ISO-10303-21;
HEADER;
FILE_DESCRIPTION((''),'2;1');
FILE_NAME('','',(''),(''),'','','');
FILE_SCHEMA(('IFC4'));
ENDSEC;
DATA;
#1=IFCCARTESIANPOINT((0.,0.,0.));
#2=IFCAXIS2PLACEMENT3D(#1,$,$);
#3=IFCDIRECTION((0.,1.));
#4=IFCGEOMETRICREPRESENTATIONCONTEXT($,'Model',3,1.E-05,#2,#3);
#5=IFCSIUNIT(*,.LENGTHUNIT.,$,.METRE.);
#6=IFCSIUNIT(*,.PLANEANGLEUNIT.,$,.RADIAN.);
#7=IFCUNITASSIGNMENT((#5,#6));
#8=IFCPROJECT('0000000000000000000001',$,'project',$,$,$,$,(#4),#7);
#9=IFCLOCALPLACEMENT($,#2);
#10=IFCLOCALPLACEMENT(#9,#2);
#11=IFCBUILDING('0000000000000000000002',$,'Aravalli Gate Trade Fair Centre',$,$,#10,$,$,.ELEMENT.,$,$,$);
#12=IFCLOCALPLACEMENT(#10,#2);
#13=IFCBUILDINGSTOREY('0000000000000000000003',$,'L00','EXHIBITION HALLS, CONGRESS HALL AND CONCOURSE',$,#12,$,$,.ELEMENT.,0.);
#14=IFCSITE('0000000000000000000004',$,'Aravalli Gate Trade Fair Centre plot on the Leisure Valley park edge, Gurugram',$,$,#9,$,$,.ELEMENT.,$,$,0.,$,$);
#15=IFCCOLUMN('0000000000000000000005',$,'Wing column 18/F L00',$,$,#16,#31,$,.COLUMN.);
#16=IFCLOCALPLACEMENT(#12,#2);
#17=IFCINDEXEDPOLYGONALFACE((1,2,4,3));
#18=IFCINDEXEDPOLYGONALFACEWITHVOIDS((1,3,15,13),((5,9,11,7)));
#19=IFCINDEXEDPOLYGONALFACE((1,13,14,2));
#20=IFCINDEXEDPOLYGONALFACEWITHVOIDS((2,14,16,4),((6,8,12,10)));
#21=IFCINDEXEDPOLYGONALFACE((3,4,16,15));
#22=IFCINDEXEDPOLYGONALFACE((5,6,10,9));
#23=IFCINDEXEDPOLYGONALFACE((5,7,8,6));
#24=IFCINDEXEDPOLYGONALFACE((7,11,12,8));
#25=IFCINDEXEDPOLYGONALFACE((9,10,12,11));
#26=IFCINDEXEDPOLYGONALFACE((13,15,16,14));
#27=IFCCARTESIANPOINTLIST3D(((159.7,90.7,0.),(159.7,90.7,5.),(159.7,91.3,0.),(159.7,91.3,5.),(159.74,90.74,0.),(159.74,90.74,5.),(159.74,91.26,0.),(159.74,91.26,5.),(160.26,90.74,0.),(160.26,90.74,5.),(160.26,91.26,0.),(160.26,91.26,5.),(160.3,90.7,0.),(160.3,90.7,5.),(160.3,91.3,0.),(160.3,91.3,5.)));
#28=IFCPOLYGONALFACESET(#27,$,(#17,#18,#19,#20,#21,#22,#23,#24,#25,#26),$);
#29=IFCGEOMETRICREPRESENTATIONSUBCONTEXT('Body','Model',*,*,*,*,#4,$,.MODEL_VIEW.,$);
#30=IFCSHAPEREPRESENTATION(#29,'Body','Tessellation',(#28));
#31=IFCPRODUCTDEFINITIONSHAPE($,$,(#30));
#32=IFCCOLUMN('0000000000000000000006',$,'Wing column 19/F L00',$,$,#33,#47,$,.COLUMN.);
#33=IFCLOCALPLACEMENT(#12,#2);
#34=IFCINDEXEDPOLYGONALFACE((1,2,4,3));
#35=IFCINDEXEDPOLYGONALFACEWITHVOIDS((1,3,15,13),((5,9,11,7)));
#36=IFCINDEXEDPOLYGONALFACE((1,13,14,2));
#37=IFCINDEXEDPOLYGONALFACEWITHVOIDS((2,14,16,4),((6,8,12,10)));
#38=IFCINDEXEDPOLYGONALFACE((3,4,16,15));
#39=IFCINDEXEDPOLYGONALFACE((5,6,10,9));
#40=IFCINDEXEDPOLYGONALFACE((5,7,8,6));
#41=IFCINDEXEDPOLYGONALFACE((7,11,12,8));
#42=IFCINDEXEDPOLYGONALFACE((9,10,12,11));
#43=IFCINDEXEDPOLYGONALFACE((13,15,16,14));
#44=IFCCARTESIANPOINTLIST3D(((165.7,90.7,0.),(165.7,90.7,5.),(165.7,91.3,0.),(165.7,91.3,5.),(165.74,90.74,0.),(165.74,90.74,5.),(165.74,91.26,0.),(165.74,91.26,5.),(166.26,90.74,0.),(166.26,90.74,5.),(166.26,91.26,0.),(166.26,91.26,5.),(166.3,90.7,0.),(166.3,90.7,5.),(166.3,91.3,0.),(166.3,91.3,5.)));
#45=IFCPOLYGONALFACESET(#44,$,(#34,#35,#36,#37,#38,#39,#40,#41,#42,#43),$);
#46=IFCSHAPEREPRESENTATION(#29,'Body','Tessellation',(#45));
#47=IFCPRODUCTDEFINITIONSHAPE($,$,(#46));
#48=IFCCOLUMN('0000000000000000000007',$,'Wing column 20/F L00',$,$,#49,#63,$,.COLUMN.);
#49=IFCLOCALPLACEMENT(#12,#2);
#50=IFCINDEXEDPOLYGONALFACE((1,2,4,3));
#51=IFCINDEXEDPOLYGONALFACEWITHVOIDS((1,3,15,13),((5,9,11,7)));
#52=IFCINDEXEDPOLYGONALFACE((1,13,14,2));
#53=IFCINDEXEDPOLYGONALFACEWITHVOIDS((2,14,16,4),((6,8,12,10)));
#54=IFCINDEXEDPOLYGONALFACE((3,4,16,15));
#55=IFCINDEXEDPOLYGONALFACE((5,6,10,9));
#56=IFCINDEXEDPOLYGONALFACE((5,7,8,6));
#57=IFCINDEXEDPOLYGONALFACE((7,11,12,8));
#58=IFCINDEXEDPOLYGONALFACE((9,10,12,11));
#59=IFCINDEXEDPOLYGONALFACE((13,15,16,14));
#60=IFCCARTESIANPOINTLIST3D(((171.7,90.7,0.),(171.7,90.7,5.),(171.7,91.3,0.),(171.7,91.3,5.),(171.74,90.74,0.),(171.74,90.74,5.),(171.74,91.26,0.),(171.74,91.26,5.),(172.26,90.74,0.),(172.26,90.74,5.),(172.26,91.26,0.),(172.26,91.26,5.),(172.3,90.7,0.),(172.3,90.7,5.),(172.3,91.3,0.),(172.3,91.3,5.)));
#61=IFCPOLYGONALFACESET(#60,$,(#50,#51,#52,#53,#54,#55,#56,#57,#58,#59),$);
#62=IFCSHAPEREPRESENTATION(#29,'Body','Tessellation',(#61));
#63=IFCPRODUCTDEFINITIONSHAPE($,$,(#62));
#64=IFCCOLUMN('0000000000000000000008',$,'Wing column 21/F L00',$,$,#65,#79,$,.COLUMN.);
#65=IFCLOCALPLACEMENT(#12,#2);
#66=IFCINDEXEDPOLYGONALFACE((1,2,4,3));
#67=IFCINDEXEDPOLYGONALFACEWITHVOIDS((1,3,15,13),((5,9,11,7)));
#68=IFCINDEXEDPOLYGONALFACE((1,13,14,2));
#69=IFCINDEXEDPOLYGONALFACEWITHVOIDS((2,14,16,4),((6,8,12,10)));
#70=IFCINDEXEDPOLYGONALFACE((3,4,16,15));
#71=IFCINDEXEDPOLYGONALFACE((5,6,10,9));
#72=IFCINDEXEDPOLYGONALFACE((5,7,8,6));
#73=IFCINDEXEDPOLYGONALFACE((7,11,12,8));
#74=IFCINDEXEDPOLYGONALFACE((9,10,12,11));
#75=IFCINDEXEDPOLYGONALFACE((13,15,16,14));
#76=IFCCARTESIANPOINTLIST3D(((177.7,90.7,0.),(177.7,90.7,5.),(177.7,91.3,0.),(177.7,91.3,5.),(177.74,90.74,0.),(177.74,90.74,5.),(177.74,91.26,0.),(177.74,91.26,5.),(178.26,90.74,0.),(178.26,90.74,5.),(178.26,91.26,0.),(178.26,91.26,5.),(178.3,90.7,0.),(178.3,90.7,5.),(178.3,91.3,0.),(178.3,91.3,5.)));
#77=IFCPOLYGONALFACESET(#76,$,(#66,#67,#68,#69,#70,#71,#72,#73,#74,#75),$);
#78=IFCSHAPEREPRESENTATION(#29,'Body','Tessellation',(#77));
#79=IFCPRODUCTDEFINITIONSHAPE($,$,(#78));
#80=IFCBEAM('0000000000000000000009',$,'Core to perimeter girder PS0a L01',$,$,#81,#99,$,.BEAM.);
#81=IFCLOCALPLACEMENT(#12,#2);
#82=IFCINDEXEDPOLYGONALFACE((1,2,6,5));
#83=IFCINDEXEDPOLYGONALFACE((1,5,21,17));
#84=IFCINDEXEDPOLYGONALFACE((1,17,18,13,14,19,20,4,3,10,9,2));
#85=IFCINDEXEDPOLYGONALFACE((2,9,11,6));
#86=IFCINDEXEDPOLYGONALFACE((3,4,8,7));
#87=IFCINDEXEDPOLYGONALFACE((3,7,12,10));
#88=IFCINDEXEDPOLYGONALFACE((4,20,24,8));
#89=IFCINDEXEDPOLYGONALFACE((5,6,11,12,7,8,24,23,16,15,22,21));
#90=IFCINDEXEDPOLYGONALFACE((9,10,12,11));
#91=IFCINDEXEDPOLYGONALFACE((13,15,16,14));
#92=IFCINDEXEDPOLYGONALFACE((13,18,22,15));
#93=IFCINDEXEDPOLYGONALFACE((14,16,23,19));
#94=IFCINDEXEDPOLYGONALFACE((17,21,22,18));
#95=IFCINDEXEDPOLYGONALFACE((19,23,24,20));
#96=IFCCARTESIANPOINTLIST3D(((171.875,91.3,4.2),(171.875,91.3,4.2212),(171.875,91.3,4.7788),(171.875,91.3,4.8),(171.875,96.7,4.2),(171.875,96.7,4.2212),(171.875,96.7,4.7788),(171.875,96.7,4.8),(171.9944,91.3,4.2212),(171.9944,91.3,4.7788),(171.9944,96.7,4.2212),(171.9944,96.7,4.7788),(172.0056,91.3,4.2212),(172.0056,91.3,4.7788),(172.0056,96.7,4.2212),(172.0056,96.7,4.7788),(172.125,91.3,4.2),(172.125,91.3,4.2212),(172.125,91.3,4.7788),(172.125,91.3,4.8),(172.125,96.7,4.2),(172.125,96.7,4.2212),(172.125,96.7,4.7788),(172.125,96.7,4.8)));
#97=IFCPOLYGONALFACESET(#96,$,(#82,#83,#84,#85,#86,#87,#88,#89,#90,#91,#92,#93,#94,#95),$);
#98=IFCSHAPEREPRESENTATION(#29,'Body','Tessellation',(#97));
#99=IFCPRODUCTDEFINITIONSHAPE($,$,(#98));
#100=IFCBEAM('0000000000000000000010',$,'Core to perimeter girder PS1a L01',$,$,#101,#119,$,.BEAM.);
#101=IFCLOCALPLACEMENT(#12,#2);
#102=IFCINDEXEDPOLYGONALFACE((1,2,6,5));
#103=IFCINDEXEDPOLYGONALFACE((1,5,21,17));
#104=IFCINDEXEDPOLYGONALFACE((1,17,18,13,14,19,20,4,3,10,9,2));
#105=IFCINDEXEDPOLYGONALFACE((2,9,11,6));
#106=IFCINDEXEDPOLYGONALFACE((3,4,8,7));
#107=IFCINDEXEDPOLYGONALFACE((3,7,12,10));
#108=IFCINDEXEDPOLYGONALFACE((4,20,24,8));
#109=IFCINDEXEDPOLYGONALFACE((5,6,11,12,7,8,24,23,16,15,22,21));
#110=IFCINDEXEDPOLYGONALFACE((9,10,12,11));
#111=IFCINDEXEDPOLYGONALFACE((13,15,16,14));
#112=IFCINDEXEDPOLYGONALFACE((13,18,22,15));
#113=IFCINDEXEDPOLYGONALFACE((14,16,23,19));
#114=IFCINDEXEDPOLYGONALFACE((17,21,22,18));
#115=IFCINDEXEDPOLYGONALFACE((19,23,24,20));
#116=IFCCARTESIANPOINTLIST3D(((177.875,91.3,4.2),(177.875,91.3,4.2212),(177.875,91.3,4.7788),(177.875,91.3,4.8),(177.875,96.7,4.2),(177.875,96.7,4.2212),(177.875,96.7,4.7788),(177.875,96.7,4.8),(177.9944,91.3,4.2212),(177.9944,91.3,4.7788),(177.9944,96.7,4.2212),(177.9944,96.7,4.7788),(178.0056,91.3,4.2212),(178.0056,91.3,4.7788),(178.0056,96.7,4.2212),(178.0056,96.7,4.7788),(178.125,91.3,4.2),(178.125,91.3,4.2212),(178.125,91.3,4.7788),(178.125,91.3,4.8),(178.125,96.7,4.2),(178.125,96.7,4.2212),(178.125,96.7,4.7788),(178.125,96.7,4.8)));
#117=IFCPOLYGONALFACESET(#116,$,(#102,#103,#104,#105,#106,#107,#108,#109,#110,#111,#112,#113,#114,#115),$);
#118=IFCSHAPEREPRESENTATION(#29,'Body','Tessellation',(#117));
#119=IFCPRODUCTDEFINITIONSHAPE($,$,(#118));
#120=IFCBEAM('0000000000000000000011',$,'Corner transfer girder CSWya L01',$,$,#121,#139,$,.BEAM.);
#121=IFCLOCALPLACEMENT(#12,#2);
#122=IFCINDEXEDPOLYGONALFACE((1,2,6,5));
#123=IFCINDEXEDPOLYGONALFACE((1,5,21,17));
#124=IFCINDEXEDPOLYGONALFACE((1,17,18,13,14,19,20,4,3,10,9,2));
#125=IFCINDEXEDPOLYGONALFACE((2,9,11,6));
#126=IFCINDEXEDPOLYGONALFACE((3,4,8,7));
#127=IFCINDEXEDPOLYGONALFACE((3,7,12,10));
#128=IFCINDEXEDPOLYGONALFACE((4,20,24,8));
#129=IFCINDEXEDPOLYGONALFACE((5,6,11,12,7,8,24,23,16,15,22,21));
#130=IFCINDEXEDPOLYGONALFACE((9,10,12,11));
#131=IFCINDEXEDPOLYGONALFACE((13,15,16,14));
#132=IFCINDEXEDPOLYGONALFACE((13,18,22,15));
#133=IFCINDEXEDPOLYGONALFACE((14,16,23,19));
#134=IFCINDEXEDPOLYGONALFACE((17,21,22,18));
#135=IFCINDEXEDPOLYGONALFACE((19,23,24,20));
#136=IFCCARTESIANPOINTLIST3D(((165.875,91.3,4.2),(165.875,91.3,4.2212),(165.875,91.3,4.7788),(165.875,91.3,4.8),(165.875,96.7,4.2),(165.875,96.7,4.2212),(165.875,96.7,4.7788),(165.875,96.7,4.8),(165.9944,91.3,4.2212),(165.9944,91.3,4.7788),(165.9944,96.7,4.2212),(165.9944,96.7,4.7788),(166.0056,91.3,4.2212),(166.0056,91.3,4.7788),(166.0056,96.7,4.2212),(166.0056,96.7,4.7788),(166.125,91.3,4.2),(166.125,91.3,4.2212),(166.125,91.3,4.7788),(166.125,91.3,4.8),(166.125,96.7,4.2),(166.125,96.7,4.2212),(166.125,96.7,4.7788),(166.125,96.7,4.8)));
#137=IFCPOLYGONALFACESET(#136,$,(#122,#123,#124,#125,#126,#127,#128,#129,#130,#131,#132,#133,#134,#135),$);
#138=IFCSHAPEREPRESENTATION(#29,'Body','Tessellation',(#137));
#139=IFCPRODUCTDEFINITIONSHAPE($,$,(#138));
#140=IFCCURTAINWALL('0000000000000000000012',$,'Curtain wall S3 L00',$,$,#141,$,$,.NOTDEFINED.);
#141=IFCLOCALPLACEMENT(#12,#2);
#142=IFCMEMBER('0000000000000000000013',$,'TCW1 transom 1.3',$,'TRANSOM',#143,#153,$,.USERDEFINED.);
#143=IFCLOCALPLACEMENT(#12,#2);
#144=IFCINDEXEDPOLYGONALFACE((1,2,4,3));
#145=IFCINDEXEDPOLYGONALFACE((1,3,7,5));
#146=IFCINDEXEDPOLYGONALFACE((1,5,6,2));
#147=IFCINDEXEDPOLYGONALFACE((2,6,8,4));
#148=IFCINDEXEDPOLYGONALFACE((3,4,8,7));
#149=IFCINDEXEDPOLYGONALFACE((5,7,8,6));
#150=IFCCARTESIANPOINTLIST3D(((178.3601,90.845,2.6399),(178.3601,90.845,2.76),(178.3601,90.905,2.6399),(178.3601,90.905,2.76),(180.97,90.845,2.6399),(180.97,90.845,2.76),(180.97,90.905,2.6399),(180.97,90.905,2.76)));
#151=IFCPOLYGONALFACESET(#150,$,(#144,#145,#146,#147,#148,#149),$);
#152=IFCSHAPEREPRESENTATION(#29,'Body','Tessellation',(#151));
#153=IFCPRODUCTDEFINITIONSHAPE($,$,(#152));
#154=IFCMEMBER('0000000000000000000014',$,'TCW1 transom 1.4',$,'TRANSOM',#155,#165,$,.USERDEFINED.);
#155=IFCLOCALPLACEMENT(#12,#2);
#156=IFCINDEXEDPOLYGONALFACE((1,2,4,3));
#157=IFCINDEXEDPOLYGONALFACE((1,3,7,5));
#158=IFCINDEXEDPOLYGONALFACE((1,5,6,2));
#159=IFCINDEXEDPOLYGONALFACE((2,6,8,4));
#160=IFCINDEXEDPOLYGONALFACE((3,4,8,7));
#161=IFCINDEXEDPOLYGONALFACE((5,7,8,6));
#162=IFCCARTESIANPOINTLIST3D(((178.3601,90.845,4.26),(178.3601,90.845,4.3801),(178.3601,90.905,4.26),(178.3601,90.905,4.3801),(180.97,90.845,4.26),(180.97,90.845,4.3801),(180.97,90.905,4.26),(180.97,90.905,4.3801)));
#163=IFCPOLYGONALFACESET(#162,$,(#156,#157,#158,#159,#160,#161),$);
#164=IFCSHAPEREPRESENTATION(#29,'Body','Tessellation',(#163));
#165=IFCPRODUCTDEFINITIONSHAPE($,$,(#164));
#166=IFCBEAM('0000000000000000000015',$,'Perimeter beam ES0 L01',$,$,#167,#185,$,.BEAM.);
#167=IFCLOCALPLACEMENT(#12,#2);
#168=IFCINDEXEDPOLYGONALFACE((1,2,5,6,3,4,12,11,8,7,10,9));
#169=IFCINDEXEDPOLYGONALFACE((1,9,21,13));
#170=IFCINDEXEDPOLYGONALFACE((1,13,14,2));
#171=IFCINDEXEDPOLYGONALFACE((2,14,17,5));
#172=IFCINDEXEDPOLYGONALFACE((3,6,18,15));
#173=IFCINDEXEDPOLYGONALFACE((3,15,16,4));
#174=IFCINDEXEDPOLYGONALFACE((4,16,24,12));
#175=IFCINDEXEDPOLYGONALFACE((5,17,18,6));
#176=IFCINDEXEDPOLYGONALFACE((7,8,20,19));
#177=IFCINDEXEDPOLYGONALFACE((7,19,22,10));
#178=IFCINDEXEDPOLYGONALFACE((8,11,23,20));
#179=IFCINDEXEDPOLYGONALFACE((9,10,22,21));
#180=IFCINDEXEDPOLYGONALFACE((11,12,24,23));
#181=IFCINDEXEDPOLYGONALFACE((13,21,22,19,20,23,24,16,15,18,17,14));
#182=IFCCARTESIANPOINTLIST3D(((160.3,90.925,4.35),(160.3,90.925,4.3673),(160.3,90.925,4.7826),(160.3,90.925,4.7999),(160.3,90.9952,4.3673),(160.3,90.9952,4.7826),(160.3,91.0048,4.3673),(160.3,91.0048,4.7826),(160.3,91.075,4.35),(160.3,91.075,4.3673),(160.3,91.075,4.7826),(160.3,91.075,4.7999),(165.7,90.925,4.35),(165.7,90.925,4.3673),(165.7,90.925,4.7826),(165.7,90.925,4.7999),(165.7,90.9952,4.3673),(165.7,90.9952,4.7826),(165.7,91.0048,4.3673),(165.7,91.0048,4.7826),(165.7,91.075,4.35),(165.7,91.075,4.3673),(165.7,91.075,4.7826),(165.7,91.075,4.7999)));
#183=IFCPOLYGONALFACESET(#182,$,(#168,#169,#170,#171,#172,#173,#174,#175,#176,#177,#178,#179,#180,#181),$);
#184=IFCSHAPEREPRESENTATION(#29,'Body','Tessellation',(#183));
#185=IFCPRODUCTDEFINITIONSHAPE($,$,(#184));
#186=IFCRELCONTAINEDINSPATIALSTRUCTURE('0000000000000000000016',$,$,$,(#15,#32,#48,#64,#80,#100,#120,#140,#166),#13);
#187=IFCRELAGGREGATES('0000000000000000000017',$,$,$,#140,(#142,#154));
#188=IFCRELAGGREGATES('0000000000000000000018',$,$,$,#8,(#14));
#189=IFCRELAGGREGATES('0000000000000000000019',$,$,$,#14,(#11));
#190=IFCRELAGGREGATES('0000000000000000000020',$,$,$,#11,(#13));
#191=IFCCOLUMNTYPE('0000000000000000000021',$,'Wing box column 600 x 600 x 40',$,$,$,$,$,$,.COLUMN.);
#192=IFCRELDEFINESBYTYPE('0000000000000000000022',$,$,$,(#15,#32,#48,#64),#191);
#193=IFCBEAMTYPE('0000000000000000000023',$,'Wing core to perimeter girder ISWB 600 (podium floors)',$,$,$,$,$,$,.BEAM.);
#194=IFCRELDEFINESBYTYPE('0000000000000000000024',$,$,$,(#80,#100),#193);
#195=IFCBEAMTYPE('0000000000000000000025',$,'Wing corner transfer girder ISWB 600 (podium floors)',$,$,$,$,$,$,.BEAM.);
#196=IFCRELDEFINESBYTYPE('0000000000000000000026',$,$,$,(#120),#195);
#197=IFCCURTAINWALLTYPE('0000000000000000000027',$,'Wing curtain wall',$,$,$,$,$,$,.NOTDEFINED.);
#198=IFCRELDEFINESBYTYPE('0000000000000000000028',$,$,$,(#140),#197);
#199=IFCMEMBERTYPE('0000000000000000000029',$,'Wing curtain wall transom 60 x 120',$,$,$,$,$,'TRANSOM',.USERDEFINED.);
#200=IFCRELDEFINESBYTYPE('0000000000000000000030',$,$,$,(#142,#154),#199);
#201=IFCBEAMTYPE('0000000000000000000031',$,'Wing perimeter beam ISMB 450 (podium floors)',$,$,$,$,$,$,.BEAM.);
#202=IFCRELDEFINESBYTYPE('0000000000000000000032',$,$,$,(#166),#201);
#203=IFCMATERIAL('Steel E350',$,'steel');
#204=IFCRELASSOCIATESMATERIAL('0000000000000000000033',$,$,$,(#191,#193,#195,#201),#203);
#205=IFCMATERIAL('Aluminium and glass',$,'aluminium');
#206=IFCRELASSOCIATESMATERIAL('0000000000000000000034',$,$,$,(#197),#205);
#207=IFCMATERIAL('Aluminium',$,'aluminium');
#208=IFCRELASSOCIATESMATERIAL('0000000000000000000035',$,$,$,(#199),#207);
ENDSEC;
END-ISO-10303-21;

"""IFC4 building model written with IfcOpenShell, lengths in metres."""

from ifc_helpers import new_model, si_unit, direction, frame, origin, origin_2d, place, context, subcontext, project, spatial, rectangle, hollow_rectangle, i_section, extrude, material, material_profile, profile_set, type_object, element, aggregate, save


model = new_model("IFC4")

# Units and contexts
model_context = context("Model", 3, precision=1e-05, world=origin(), true_north=direction((0.0, 1.0)))
body_context = subcontext(model_context, "Body", "Model", "MODEL_VIEW")
ifc_project = project(units=[si_unit("LENGTHUNIT", "METRE"), si_unit("PLANEANGLEUNIT", "RADIAN")], contexts=[model_context])

# Site, building, storey
site_placement = place(None, origin())
site = spatial("IfcSite", under=ifc_project, at=site_placement, Name="Aravalli Gate Trade Fair Centre plot on the Leisure Valley park edge, Gurugram", CompositionType="ELEMENT", RefElevation=0.0)
building_placement = place(site_placement, origin())
building = spatial("IfcBuilding", under=site, at=building_placement, Name="Aravalli Gate Trade Fair Centre", CompositionType="ELEMENT")
storey_placement = place(building_placement, origin())
storey = spatial("IfcBuildingStorey", under=building, at=storey_placement, Name="L00", Description="EXHIBITION HALLS, CONGRESS HALL AND CONCOURSE", CompositionType="ELEMENT", Elevation=0.0)

# Columns
ifc_material_1 = material(Name="Steel E350", Category="steel")
ifc_material_profile_1 = material_profile(ifc_material_1, hollow_rectangle(XDim=0.6001, YDim=0.6001, WallThickness=0.04, at=origin_2d()), Name="BOX 600x600x40")
ifc_profile_set_1 = profile_set([ifc_material_profile_1], Name="Steel E350")
column_type = type_object("IfcColumnType", Name="Wing box column 600 x 600 x 40", PredefinedType="COLUMN", material=ifc_profile_set_1)
for number, where, z_axis, x_axis, name in (
    (1, (160.0, 91.0, 0.0), (0.0, 0.0, 1.0), (1.0, 0.0, 0.0), "Wing column 18/F L00"),
    (2, (166.0, 91.0, 0.0), (0.0, 0.0, 1.0), (1.0, 0.0, 0.0), "Wing column 19/F L00"),
    (3, (172.0, 91.0, 0.0), (0.0, 0.0, 1.0), (1.0, 0.0, 0.0), "Wing column 20/F L00"),
    (4, (178.0, 91.0, 0.0), (0.0, 0.0, 1.0), (1.0, 0.0, 0.0), "Wing column 21/F L00"),
):
    element("IfcColumn", number, at=place(storey_placement, frame(where, z_axis=z_axis, x_axis=x_axis)), inside=storey, type_object=column_type, Name=name, PredefinedType="COLUMN", context=body_context, shape_type="SweptSolid", body=[
        extrude(hollow_rectangle(XDim=0.6001, YDim=0.6001, WallThickness=0.04, at=origin_2d()), origin(), (0.0, 0.0, 1.0), 5.0),
    ])

# Beams
ifc_material_profile_2 = material_profile(ifc_material_1, i_section(OverallWidth=0.25, OverallDepth=0.6001, WebThickness=0.0112, FlangeThickness=0.0212, at=origin_2d()), Name="ISWB 600")
ifc_profile_set_2 = profile_set([ifc_material_profile_2], Name="Steel E350")
beam_type_1 = type_object("IfcBeamType", Name="Wing core to perimeter girder ISWB 600 (podium floors)", PredefinedType="BEAM", material=ifc_profile_set_2)
for number, where, z_axis, x_axis, name in (
    (5, (172.0, 91.3, 4.5), (0.0, 1.0, 0.0), (-1.0, 0.0, 0.0), "Core to perimeter girder PS0a L01"),
    (6, (178.0, 91.3, 4.5), (0.0, 1.0, 0.0), (-1.0, 0.0, 0.0), "Core to perimeter girder PS1a L01"),
):
    element("IfcBeam", number, at=place(storey_placement, frame(where, z_axis=z_axis, x_axis=x_axis)), inside=storey, type_object=beam_type_1, Name=name, PredefinedType="BEAM", context=body_context, shape_type="SweptSolid", body=[
        extrude(i_section(OverallWidth=0.25, OverallDepth=0.6001, WebThickness=0.0112, FlangeThickness=0.0212, at=origin_2d()), origin(), (0.0, 0.0, 1.0), 5.3999),
    ])
ifc_material_profile_3 = material_profile(ifc_material_1, i_section(OverallWidth=0.25, OverallDepth=0.6001, WebThickness=0.0112, FlangeThickness=0.0212, at=origin_2d()), Name="ISWB 600")
ifc_profile_set_3 = profile_set([ifc_material_profile_3], Name="Steel E350")
beam_type_2 = type_object("IfcBeamType", Name="Wing corner transfer girder ISWB 600 (podium floors)", PredefinedType="BEAM", material=ifc_profile_set_3)
beam_placement = place(storey_placement, frame((166.0, 91.3, 4.5), z_axis=(0.0, 1.0, 0.0), x_axis=(-1.0, 0.0, 0.0)))
element("IfcBeam", 7, at=beam_placement, inside=storey, type_object=beam_type_2, Name="Corner transfer girder CSWya L01", PredefinedType="BEAM", context=body_context, shape_type="SweptSolid", body=[
    extrude(i_section(OverallWidth=0.25, OverallDepth=0.6001, WebThickness=0.0112, FlangeThickness=0.0212, at=origin_2d()), origin(), (0.0, 0.0, 1.0), 5.3999),
])

# Curtain wall, members
ifc_material_2 = material(Name="Aluminium and glass", Category="aluminium")
curtain_wall_type = type_object("IfcCurtainWallType", Name="Wing curtain wall", PredefinedType="NOTDEFINED", material=ifc_material_2)
curtain_wall_placement = place(storey_placement, origin())
curtain_wall = element("IfcCurtainWall", 8, at=curtain_wall_placement, inside=storey, type_object=curtain_wall_type, Name="Curtain wall S3 L00", PredefinedType="NOTDEFINED")
ifc_material_3 = material(Name="Aluminium", Category="aluminium")
ifc_material_profile_4 = material_profile(ifc_material_3, rectangle(XDim=0.0601, YDim=0.1201, at=origin_2d()), Name="Wing curtain wall transom 60 x 120")
ifc_profile_set_4 = profile_set([ifc_material_profile_4], Name="Aluminium")
member_type = type_object("IfcMemberType", Name="Wing curtain wall transom 60 x 120", ElementType="TRANSOM", PredefinedType="USERDEFINED", material=ifc_profile_set_4)
member_1_placement = place(storey_placement, frame((178.3601, 90.875, 2.7), z_axis=(1.0, 0.0, 0.0), x_axis=(0.0, 1.0, 0.0)))
member_1 = element("IfcMember", 9, at=member_1_placement, type_object=member_type, Name="TCW1 transom 1.3", ObjectType="TRANSOM", PredefinedType="USERDEFINED", context=body_context, shape_type="SweptSolid", body=[
    extrude(rectangle(XDim=0.0601, YDim=0.1201, at=origin_2d()), origin(), (0.0, 0.0, 1.0), 2.6099),
])
member_2_placement = place(storey_placement, frame((178.3601, 90.875, 4.3201), z_axis=(1.0, 0.0, 0.0), x_axis=(0.0, 1.0, 0.0)))
member_2 = element("IfcMember", 10, at=member_2_placement, type_object=member_type, Name="TCW1 transom 1.4", ObjectType="TRANSOM", PredefinedType="USERDEFINED", context=body_context, shape_type="SweptSolid", body=[
    extrude(rectangle(XDim=0.0601, YDim=0.1201, at=origin_2d()), origin(), (0.0, 0.0, 1.0), 2.6099),
])

# Beam
ifc_material_profile_5 = material_profile(ifc_material_1, i_section(OverallWidth=0.1499, OverallDepth=0.45, WebThickness=0.0095, FlangeThickness=0.0173, at=origin_2d()), Name="ISMB 450")
ifc_profile_set_5 = profile_set([ifc_material_profile_5], Name="Steel E350")
beam_type_3 = type_object("IfcBeamType", Name="Wing perimeter beam ISMB 450 (podium floors)", PredefinedType="BEAM", material=ifc_profile_set_5)
for number, where, z_axis, x_axis, name in (
    (11, (160.3, 91.0, 4.575), (1.0, 0.0, 0.0), (0.0, 1.0, 0.0), "Perimeter beam ES0 L01"),
):
    element("IfcBeam", number, at=place(storey_placement, frame(where, z_axis=z_axis, x_axis=x_axis)), inside=storey, type_object=beam_type_3, Name=name, PredefinedType="BEAM", context=body_context, shape_type="SweptSolid", body=[
        extrude(i_section(OverallWidth=0.1499, OverallDepth=0.45, WebThickness=0.0095, FlangeThickness=0.0173, at=origin_2d()), origin(), (0.0, 0.0, 1.0), 5.3999),
    ])

aggregate(curtain_wall, [member_1, member_2])

save(model, "model.ifc")
